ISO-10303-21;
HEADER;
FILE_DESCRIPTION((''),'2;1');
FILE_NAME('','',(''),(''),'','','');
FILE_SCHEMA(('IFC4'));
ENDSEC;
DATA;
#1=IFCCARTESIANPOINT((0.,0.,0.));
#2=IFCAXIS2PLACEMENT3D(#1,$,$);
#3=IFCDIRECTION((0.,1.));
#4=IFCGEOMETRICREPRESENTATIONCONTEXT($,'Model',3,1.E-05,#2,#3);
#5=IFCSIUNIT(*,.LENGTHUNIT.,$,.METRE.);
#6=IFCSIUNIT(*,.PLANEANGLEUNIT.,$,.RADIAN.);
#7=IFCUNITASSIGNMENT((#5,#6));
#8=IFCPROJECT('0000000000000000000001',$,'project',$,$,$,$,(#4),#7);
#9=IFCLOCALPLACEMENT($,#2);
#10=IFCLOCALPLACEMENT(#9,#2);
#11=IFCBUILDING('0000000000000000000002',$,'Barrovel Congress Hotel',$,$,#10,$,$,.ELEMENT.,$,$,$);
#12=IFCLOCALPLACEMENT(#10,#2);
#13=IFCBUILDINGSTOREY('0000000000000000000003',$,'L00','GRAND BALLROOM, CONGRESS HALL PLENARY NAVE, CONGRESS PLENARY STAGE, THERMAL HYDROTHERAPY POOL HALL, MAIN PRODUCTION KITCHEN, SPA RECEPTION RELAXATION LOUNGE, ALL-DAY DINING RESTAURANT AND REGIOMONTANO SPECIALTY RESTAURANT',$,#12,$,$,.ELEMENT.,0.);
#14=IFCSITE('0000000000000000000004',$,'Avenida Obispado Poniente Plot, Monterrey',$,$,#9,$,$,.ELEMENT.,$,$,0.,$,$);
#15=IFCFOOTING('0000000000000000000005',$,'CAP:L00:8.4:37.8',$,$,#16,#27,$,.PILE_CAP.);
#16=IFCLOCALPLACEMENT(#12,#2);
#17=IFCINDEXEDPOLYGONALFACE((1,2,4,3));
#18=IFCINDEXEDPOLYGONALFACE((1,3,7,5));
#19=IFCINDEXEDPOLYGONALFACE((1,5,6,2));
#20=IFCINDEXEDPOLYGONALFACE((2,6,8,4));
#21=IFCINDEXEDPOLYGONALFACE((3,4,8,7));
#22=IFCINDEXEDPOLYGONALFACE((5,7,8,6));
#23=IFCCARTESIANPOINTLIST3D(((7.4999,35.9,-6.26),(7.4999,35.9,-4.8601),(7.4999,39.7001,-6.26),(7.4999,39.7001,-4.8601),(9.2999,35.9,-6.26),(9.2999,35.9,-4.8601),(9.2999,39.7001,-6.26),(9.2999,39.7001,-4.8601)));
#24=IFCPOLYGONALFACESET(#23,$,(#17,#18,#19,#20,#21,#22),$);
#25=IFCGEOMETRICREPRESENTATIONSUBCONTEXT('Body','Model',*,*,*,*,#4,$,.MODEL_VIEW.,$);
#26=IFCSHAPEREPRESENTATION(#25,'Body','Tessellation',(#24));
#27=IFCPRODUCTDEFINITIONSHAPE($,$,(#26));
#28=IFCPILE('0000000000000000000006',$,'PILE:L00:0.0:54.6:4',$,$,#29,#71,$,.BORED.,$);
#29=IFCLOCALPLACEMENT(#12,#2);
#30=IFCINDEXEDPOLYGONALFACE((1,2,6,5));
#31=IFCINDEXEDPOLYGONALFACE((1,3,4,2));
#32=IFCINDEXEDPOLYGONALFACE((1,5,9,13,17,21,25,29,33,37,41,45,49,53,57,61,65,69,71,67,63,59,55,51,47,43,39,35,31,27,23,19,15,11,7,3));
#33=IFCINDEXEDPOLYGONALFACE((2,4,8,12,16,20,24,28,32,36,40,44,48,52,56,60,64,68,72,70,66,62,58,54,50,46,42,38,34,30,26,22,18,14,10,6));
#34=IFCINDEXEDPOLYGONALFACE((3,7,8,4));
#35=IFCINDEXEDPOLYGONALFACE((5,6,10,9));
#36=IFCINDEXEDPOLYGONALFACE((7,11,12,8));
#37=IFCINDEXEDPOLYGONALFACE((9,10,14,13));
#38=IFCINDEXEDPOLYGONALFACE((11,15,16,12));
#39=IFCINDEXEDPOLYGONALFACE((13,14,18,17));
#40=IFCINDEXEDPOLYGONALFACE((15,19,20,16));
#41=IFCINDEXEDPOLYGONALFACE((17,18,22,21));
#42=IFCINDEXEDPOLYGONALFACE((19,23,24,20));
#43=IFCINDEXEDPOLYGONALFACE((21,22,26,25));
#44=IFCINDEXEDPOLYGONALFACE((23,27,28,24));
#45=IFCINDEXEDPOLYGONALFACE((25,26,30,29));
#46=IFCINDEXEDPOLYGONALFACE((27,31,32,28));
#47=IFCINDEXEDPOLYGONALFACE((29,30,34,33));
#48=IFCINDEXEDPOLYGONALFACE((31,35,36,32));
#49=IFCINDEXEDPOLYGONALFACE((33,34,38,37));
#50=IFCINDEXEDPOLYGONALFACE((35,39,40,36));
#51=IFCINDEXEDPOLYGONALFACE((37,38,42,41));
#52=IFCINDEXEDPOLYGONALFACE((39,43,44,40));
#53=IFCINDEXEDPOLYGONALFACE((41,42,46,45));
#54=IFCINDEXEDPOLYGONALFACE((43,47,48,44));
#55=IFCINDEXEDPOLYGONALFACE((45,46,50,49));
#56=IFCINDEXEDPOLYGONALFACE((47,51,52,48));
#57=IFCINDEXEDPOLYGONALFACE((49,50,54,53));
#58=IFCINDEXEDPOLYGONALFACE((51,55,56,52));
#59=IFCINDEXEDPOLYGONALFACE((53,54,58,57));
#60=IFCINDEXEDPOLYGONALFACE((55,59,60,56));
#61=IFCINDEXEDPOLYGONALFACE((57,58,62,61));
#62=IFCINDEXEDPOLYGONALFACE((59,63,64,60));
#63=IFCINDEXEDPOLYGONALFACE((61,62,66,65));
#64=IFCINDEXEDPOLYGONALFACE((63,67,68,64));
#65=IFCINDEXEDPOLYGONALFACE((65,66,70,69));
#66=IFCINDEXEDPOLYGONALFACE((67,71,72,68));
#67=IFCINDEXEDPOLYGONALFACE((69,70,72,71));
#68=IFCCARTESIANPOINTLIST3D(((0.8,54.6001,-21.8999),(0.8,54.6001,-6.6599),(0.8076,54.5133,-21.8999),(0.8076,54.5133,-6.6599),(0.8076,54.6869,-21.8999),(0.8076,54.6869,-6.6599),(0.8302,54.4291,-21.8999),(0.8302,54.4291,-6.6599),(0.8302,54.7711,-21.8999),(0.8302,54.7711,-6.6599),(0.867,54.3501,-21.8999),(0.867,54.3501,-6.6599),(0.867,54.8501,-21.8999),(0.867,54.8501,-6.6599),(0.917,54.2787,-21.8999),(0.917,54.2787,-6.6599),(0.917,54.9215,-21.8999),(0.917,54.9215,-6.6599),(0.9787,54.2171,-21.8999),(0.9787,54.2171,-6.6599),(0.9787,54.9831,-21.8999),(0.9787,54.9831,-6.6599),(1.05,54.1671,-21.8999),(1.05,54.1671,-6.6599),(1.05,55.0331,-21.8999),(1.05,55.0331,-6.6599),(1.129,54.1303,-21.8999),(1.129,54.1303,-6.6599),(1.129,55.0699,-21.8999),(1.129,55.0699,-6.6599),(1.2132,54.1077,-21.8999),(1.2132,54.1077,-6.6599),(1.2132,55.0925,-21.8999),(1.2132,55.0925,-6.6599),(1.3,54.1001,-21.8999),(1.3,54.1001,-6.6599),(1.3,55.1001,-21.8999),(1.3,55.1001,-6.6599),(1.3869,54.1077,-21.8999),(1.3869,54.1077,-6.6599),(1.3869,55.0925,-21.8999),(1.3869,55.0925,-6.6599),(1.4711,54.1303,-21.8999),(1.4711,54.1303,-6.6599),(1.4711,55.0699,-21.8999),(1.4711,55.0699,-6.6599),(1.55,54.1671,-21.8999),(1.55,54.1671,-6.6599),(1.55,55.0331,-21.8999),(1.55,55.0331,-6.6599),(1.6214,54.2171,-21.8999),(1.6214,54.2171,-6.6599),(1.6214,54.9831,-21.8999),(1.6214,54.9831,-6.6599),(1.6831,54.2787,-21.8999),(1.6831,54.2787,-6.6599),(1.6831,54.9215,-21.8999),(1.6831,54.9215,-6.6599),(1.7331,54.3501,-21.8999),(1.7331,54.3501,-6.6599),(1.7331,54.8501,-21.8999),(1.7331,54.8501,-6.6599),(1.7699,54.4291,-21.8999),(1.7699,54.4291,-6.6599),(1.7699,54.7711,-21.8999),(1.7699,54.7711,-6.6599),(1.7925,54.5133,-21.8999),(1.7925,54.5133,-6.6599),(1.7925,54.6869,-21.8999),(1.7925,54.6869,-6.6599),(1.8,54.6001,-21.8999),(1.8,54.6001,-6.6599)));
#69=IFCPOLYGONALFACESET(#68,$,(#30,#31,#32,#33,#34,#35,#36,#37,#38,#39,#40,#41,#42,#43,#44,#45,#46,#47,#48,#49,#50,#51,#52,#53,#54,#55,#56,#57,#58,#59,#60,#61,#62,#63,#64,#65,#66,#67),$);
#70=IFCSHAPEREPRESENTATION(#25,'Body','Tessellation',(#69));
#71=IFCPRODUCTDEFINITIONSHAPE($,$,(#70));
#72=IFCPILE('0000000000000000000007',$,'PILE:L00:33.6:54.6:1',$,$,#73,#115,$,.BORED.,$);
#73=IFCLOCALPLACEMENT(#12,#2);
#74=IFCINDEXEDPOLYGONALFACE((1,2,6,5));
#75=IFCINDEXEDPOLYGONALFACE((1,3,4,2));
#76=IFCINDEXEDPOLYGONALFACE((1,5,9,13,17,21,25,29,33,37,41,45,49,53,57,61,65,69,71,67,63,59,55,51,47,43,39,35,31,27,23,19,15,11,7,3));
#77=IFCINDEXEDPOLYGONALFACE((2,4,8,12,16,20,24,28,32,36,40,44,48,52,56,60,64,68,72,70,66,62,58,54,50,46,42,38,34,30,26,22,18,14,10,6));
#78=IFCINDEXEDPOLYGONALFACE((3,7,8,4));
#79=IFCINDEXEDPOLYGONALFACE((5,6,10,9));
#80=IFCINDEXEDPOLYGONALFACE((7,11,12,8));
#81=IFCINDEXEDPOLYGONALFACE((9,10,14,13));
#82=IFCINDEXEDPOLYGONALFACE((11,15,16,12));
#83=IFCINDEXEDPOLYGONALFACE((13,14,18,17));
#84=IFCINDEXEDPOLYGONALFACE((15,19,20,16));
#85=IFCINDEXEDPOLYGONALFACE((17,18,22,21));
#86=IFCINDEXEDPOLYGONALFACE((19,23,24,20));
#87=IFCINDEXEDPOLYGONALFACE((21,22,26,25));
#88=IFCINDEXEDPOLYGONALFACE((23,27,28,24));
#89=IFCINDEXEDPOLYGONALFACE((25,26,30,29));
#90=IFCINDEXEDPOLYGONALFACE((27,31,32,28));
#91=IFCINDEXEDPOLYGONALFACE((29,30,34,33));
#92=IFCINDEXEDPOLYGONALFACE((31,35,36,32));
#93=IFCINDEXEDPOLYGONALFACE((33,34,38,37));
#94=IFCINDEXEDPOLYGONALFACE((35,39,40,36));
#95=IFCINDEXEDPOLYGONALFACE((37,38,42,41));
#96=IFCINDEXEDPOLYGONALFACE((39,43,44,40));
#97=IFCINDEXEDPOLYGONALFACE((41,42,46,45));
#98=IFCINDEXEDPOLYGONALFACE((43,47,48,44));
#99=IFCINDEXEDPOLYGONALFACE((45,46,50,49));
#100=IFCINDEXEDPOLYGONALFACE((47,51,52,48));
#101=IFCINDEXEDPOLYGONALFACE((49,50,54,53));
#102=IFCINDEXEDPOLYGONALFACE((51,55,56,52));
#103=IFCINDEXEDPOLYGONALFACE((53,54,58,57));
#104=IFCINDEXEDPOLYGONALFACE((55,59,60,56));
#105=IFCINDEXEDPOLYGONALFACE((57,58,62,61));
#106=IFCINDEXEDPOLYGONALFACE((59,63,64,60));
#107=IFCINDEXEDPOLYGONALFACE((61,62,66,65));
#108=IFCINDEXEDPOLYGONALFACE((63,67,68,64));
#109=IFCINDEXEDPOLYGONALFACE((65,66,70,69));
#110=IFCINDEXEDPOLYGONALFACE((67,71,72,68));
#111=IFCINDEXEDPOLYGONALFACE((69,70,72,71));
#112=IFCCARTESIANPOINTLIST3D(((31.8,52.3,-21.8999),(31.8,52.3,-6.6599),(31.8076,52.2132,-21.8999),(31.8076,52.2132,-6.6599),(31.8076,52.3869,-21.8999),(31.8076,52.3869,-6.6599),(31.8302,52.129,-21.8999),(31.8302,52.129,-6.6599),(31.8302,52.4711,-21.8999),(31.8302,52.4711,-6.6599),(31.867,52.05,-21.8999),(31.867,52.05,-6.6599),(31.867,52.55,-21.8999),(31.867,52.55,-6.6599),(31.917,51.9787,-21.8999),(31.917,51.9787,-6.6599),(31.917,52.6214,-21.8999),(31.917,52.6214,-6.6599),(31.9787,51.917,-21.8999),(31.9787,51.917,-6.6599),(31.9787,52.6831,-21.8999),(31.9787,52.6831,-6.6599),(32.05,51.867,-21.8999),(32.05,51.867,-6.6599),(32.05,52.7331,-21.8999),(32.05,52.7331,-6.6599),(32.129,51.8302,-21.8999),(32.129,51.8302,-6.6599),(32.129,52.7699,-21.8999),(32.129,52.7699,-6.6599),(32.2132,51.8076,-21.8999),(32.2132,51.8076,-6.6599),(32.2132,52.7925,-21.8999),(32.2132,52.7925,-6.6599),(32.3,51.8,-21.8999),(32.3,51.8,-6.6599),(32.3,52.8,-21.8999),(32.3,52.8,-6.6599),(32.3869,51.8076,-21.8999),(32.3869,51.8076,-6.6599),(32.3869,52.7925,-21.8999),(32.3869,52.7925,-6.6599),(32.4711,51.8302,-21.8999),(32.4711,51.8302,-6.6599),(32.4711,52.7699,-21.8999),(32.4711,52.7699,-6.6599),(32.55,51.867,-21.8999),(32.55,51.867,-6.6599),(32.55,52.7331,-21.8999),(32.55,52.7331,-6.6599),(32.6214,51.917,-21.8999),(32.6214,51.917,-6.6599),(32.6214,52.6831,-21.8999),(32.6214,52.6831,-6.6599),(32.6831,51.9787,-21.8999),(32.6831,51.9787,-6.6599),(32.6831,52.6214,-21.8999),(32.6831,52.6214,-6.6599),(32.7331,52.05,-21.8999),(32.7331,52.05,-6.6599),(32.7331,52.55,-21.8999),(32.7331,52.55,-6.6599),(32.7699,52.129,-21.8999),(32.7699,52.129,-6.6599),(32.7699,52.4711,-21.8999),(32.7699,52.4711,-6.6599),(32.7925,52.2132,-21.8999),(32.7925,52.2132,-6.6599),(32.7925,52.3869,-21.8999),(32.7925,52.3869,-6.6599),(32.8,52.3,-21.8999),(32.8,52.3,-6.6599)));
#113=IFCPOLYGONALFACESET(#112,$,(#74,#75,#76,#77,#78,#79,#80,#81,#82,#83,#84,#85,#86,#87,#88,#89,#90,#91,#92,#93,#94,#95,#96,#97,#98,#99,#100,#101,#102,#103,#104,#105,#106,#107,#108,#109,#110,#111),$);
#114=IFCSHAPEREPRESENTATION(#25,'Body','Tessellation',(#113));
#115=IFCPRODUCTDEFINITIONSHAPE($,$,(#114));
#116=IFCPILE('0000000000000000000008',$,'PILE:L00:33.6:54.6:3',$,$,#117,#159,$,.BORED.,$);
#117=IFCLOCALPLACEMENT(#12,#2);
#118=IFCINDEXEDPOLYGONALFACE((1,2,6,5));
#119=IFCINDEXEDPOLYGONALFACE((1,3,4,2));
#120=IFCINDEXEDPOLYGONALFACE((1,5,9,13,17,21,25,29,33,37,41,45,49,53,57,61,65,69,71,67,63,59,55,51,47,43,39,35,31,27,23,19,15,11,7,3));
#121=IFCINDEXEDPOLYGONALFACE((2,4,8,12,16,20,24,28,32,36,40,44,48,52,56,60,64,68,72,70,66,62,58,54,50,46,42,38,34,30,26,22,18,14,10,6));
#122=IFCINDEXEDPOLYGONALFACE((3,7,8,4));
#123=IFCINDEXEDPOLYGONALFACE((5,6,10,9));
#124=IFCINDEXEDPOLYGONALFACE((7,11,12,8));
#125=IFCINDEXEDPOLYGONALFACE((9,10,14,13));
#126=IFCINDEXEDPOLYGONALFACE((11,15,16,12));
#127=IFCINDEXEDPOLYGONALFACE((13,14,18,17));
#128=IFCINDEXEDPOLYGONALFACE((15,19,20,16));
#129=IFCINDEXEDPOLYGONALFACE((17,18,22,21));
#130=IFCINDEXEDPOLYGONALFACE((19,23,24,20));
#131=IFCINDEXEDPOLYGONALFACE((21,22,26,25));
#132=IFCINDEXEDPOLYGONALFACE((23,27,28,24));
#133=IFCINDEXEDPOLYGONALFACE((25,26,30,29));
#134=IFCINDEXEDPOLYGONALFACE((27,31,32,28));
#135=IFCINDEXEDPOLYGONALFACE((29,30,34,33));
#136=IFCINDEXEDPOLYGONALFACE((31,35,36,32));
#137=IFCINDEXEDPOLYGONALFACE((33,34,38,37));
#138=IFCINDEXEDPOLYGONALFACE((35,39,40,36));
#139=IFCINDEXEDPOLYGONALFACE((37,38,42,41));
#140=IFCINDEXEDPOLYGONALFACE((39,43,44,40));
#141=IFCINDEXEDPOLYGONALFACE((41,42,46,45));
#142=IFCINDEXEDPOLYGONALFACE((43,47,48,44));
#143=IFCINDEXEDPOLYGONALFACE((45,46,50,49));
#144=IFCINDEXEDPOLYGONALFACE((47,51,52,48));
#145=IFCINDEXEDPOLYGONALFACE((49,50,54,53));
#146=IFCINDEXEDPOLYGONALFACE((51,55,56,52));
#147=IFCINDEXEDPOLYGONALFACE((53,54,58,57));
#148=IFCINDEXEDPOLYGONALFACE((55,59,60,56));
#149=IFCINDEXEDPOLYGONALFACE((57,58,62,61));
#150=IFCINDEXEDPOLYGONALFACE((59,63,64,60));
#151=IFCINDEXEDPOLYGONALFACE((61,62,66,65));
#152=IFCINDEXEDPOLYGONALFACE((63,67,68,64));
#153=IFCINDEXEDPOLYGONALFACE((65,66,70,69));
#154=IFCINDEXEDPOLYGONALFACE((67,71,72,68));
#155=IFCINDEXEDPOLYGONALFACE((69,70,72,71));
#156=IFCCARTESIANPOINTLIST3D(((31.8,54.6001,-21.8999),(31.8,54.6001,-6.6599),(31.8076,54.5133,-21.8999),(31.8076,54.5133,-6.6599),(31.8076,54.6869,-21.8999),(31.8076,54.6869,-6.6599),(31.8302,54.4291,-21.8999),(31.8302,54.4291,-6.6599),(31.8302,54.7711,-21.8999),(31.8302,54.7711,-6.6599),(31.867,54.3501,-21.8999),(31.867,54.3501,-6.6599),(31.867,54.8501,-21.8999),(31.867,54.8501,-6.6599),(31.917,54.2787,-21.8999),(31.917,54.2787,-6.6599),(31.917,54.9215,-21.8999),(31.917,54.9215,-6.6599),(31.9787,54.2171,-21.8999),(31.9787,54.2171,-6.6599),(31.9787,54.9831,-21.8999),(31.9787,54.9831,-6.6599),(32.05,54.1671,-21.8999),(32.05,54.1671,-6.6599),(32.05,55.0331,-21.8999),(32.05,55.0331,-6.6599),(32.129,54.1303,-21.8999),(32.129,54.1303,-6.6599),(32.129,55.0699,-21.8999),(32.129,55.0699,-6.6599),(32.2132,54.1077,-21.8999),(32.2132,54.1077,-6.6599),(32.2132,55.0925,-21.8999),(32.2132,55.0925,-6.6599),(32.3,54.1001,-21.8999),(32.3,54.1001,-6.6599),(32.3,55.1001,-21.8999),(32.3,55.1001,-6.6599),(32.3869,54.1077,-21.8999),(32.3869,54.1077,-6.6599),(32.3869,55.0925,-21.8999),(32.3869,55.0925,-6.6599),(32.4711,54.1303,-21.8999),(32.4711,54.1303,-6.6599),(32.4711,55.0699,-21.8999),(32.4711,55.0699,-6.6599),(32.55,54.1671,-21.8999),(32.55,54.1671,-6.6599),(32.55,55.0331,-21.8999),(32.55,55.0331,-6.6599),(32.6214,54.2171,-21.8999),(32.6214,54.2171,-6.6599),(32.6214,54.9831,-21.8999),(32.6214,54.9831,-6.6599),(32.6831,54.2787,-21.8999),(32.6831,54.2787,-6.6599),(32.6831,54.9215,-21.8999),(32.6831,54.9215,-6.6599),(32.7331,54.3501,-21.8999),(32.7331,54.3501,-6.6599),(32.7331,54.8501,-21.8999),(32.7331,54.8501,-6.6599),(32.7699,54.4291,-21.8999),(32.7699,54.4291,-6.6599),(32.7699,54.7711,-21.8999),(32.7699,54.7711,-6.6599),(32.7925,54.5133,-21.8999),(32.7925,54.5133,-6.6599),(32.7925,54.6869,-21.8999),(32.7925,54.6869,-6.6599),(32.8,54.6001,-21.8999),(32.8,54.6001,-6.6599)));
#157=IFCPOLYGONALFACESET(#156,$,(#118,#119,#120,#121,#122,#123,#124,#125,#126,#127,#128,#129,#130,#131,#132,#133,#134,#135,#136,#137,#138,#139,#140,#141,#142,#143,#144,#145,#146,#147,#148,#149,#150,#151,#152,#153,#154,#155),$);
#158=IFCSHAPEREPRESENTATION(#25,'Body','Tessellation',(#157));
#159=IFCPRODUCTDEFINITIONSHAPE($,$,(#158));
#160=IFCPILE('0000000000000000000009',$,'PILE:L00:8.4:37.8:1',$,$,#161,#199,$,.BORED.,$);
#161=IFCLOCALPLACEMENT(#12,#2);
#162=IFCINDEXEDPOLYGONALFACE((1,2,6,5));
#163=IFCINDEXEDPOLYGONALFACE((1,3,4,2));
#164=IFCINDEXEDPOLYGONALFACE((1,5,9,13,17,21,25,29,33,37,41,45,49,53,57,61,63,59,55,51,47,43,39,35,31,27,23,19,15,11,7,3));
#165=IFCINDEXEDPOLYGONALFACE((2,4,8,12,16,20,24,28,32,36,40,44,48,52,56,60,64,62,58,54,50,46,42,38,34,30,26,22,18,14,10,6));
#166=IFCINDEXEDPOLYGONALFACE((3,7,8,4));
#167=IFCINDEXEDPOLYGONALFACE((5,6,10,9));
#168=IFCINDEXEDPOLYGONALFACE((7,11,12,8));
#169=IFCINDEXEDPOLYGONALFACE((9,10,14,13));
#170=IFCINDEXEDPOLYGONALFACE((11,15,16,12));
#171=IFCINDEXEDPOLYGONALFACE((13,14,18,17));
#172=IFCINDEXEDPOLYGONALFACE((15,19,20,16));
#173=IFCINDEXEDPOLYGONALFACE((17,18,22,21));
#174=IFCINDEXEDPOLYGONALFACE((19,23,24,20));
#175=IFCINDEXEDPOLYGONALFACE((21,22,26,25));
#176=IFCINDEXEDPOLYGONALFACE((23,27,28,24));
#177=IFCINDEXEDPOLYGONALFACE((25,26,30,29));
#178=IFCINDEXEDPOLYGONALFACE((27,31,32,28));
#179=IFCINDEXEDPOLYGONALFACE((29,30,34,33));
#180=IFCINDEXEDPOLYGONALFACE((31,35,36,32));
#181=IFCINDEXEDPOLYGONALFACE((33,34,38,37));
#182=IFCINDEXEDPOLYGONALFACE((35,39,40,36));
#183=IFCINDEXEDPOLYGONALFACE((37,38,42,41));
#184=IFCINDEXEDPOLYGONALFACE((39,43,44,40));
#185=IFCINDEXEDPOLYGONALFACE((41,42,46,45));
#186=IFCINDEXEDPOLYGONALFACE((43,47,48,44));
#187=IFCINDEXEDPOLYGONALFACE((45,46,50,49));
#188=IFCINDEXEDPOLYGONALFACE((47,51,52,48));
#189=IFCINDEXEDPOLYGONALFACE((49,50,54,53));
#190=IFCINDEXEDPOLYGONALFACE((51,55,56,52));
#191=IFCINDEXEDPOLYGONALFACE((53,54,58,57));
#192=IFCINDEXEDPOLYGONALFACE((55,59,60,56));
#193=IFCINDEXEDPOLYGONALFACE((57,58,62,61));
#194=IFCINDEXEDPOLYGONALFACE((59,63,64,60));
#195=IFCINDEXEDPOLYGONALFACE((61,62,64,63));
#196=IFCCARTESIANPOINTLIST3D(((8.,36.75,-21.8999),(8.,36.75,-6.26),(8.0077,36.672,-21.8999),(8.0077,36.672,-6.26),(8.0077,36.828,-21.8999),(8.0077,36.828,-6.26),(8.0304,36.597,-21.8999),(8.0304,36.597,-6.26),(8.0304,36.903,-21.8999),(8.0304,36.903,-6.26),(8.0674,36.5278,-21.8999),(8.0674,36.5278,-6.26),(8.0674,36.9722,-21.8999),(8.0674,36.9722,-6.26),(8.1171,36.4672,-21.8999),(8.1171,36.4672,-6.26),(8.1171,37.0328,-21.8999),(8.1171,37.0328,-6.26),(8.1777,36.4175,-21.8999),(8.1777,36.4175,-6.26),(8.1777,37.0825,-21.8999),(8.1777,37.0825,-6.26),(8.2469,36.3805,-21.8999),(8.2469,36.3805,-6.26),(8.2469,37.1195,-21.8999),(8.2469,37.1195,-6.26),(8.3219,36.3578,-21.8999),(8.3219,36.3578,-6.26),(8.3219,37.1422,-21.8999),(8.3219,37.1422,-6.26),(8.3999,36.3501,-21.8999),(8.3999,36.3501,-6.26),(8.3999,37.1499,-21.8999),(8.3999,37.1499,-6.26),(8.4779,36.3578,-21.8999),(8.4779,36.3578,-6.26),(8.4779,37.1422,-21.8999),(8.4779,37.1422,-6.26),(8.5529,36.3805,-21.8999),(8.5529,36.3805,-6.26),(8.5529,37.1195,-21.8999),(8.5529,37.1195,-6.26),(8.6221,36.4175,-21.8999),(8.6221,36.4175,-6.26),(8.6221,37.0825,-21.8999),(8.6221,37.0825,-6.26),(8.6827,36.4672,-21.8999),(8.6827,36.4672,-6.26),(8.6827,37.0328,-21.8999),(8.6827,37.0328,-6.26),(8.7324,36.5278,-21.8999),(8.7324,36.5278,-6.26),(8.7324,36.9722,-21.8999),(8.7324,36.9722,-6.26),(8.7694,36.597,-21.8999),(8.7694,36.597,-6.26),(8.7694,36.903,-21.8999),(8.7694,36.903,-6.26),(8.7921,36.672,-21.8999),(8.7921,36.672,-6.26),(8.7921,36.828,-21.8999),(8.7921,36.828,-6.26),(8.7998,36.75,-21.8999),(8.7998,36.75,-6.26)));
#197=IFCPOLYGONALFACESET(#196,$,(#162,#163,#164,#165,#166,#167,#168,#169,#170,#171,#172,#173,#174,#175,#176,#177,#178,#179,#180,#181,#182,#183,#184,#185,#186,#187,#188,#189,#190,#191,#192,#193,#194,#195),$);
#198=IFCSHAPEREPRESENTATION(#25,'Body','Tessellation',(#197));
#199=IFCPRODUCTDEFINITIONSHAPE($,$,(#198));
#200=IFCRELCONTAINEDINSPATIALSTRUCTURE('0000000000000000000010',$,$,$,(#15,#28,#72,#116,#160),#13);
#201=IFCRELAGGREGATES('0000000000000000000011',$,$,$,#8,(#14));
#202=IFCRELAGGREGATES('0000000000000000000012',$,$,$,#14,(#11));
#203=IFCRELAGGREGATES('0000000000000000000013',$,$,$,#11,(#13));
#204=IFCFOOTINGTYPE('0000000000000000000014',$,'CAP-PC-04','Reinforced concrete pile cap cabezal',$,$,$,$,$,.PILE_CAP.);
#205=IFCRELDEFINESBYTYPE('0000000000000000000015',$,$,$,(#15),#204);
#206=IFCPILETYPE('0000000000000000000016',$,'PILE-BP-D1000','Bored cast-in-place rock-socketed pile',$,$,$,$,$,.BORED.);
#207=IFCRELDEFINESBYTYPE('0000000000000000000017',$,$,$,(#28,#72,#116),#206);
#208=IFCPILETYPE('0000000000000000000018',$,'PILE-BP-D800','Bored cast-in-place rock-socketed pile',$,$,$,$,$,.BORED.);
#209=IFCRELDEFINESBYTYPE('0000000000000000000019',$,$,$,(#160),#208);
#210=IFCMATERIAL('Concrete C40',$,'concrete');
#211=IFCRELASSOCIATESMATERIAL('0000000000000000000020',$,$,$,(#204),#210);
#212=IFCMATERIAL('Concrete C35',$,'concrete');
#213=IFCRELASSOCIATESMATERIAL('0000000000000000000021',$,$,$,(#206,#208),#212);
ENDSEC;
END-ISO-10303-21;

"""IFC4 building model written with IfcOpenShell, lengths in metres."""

from ifc_helpers import new_model, si_unit, direction, frame, origin, origin_2d, place, context, subcontext, project, spatial, rectangle, circle, extrude, material, material_profile, profile_set, type_object, element, save


model = new_model("IFC4")

# Units and contexts
model_context = context("Model", 3, precision=1e-05, world=origin(), true_north=direction((0.0, 1.0)))
body_context = subcontext(model_context, "Body", "Model", "MODEL_VIEW")
ifc_project = project(units=[si_unit("LENGTHUNIT", "METRE"), si_unit("PLANEANGLEUNIT", "RADIAN")], contexts=[model_context])

# Site, building, storey
site_placement = place(None, origin())
site = spatial("IfcSite", under=ifc_project, at=site_placement, Name="Avenida Obispado Poniente Plot, Monterrey", CompositionType="ELEMENT", RefElevation=0.0)
building_placement = place(site_placement, origin())
building = spatial("IfcBuilding", under=site, at=building_placement, Name="Barrovel Congress Hotel", CompositionType="ELEMENT")
storey_placement = place(building_placement, origin())
storey = spatial("IfcBuildingStorey", under=building, at=storey_placement, Name="L00", Description="GRAND BALLROOM, CONGRESS HALL PLENARY NAVE, CONGRESS PLENARY STAGE, THERMAL HYDROTHERAPY POOL HALL, MAIN PRODUCTION KITCHEN, SPA RECEPTION RELAXATION LOUNGE, ALL-DAY DINING RESTAURANT AND REGIOMONTANO SPECIALTY RESTAURANT", CompositionType="ELEMENT", Elevation=0.0)

# Footing
ifc_material_1 = material(Name="Concrete C40", Category="concrete")
footing_type = type_object("IfcFootingType", Name="CAP-PC-04", Description="Reinforced concrete pile cap cabezal", PredefinedType="PILE_CAP", material=ifc_material_1)
footing_placement = place(storey_placement, frame((8.3999, 37.8, -6.26), z_axis=(0.0, 0.0, 1.0), x_axis=(1.0, 0.0, 0.0)))
element("IfcFooting", 1, at=footing_placement, inside=storey, type_object=footing_type, Name="CAP:L00:8.4:37.8", PredefinedType="PILE_CAP", context=body_context, shape_type="SweptSolid", body=[
    extrude(rectangle(XDim=1.8, YDim=3.8, at=origin_2d()), origin(), (0.0, 0.0, 1.0), 1.3999),
])

# Piles
ifc_material_2 = material(Name="Concrete C35", Category="concrete")
ifc_material_profile_1 = material_profile(ifc_material_2, circle(Radius=0.5, at=origin_2d()), Name="BP-D1000")
ifc_profile_set_1 = profile_set([ifc_material_profile_1], Name="Concrete C35")
pile_type_1 = type_object("IfcPileType", Name="PILE-BP-D1000", Description="Bored cast-in-place rock-socketed pile", PredefinedType="BORED", material=ifc_profile_set_1)
for number, where, z_axis, x_axis, name in (
    (2, (1.3, 54.6001, -6.6599), (0.0, 0.0, -1.0), (1.0, 0.0, 0.0), "PILE:L00:0.0:54.6:4"),
    (3, (32.3, 52.3, -6.6599), (0.0, 0.0, -1.0), (1.0, 0.0, 0.0), "PILE:L00:33.6:54.6:1"),
    (4, (32.3, 54.6001, -6.6599), (0.0, 0.0, -1.0), (1.0, 0.0, 0.0), "PILE:L00:33.6:54.6:3"),
):
    element("IfcPile", number, at=place(storey_placement, frame(where, z_axis=z_axis, x_axis=x_axis)), inside=storey, type_object=pile_type_1, Name=name, PredefinedType="BORED", context=body_context, shape_type="SweptSolid", body=[
        extrude(circle(Radius=0.5, at=origin_2d()), origin(), (0.0, 0.0, 1.0), 15.24),
    ])
ifc_material_profile_2 = material_profile(ifc_material_2, circle(Radius=0.3999, at=origin_2d()), Name="BP-D800")
ifc_profile_set_2 = profile_set([ifc_material_profile_2], Name="Concrete C35")
pile_type_2 = type_object("IfcPileType", Name="PILE-BP-D800", Description="Bored cast-in-place rock-socketed pile", PredefinedType="BORED", material=ifc_profile_set_2)
for number, where, z_axis, x_axis, name in (
    (5, (8.3999, 36.75, -6.26), (0.0, 0.0, -1.0), (1.0, 0.0, 0.0), "PILE:L00:8.4:37.8:1"),
):
    element("IfcPile", number, at=place(storey_placement, frame(where, z_axis=z_axis, x_axis=x_axis)), inside=storey, type_object=pile_type_2, Name=name, PredefinedType="BORED", context=body_context, shape_type="SweptSolid", body=[
        extrude(circle(Radius=0.3999, at=origin_2d()), origin(), (0.0, 0.0, 1.0), 15.6399),
    ])

save(model, "model.ifc")
